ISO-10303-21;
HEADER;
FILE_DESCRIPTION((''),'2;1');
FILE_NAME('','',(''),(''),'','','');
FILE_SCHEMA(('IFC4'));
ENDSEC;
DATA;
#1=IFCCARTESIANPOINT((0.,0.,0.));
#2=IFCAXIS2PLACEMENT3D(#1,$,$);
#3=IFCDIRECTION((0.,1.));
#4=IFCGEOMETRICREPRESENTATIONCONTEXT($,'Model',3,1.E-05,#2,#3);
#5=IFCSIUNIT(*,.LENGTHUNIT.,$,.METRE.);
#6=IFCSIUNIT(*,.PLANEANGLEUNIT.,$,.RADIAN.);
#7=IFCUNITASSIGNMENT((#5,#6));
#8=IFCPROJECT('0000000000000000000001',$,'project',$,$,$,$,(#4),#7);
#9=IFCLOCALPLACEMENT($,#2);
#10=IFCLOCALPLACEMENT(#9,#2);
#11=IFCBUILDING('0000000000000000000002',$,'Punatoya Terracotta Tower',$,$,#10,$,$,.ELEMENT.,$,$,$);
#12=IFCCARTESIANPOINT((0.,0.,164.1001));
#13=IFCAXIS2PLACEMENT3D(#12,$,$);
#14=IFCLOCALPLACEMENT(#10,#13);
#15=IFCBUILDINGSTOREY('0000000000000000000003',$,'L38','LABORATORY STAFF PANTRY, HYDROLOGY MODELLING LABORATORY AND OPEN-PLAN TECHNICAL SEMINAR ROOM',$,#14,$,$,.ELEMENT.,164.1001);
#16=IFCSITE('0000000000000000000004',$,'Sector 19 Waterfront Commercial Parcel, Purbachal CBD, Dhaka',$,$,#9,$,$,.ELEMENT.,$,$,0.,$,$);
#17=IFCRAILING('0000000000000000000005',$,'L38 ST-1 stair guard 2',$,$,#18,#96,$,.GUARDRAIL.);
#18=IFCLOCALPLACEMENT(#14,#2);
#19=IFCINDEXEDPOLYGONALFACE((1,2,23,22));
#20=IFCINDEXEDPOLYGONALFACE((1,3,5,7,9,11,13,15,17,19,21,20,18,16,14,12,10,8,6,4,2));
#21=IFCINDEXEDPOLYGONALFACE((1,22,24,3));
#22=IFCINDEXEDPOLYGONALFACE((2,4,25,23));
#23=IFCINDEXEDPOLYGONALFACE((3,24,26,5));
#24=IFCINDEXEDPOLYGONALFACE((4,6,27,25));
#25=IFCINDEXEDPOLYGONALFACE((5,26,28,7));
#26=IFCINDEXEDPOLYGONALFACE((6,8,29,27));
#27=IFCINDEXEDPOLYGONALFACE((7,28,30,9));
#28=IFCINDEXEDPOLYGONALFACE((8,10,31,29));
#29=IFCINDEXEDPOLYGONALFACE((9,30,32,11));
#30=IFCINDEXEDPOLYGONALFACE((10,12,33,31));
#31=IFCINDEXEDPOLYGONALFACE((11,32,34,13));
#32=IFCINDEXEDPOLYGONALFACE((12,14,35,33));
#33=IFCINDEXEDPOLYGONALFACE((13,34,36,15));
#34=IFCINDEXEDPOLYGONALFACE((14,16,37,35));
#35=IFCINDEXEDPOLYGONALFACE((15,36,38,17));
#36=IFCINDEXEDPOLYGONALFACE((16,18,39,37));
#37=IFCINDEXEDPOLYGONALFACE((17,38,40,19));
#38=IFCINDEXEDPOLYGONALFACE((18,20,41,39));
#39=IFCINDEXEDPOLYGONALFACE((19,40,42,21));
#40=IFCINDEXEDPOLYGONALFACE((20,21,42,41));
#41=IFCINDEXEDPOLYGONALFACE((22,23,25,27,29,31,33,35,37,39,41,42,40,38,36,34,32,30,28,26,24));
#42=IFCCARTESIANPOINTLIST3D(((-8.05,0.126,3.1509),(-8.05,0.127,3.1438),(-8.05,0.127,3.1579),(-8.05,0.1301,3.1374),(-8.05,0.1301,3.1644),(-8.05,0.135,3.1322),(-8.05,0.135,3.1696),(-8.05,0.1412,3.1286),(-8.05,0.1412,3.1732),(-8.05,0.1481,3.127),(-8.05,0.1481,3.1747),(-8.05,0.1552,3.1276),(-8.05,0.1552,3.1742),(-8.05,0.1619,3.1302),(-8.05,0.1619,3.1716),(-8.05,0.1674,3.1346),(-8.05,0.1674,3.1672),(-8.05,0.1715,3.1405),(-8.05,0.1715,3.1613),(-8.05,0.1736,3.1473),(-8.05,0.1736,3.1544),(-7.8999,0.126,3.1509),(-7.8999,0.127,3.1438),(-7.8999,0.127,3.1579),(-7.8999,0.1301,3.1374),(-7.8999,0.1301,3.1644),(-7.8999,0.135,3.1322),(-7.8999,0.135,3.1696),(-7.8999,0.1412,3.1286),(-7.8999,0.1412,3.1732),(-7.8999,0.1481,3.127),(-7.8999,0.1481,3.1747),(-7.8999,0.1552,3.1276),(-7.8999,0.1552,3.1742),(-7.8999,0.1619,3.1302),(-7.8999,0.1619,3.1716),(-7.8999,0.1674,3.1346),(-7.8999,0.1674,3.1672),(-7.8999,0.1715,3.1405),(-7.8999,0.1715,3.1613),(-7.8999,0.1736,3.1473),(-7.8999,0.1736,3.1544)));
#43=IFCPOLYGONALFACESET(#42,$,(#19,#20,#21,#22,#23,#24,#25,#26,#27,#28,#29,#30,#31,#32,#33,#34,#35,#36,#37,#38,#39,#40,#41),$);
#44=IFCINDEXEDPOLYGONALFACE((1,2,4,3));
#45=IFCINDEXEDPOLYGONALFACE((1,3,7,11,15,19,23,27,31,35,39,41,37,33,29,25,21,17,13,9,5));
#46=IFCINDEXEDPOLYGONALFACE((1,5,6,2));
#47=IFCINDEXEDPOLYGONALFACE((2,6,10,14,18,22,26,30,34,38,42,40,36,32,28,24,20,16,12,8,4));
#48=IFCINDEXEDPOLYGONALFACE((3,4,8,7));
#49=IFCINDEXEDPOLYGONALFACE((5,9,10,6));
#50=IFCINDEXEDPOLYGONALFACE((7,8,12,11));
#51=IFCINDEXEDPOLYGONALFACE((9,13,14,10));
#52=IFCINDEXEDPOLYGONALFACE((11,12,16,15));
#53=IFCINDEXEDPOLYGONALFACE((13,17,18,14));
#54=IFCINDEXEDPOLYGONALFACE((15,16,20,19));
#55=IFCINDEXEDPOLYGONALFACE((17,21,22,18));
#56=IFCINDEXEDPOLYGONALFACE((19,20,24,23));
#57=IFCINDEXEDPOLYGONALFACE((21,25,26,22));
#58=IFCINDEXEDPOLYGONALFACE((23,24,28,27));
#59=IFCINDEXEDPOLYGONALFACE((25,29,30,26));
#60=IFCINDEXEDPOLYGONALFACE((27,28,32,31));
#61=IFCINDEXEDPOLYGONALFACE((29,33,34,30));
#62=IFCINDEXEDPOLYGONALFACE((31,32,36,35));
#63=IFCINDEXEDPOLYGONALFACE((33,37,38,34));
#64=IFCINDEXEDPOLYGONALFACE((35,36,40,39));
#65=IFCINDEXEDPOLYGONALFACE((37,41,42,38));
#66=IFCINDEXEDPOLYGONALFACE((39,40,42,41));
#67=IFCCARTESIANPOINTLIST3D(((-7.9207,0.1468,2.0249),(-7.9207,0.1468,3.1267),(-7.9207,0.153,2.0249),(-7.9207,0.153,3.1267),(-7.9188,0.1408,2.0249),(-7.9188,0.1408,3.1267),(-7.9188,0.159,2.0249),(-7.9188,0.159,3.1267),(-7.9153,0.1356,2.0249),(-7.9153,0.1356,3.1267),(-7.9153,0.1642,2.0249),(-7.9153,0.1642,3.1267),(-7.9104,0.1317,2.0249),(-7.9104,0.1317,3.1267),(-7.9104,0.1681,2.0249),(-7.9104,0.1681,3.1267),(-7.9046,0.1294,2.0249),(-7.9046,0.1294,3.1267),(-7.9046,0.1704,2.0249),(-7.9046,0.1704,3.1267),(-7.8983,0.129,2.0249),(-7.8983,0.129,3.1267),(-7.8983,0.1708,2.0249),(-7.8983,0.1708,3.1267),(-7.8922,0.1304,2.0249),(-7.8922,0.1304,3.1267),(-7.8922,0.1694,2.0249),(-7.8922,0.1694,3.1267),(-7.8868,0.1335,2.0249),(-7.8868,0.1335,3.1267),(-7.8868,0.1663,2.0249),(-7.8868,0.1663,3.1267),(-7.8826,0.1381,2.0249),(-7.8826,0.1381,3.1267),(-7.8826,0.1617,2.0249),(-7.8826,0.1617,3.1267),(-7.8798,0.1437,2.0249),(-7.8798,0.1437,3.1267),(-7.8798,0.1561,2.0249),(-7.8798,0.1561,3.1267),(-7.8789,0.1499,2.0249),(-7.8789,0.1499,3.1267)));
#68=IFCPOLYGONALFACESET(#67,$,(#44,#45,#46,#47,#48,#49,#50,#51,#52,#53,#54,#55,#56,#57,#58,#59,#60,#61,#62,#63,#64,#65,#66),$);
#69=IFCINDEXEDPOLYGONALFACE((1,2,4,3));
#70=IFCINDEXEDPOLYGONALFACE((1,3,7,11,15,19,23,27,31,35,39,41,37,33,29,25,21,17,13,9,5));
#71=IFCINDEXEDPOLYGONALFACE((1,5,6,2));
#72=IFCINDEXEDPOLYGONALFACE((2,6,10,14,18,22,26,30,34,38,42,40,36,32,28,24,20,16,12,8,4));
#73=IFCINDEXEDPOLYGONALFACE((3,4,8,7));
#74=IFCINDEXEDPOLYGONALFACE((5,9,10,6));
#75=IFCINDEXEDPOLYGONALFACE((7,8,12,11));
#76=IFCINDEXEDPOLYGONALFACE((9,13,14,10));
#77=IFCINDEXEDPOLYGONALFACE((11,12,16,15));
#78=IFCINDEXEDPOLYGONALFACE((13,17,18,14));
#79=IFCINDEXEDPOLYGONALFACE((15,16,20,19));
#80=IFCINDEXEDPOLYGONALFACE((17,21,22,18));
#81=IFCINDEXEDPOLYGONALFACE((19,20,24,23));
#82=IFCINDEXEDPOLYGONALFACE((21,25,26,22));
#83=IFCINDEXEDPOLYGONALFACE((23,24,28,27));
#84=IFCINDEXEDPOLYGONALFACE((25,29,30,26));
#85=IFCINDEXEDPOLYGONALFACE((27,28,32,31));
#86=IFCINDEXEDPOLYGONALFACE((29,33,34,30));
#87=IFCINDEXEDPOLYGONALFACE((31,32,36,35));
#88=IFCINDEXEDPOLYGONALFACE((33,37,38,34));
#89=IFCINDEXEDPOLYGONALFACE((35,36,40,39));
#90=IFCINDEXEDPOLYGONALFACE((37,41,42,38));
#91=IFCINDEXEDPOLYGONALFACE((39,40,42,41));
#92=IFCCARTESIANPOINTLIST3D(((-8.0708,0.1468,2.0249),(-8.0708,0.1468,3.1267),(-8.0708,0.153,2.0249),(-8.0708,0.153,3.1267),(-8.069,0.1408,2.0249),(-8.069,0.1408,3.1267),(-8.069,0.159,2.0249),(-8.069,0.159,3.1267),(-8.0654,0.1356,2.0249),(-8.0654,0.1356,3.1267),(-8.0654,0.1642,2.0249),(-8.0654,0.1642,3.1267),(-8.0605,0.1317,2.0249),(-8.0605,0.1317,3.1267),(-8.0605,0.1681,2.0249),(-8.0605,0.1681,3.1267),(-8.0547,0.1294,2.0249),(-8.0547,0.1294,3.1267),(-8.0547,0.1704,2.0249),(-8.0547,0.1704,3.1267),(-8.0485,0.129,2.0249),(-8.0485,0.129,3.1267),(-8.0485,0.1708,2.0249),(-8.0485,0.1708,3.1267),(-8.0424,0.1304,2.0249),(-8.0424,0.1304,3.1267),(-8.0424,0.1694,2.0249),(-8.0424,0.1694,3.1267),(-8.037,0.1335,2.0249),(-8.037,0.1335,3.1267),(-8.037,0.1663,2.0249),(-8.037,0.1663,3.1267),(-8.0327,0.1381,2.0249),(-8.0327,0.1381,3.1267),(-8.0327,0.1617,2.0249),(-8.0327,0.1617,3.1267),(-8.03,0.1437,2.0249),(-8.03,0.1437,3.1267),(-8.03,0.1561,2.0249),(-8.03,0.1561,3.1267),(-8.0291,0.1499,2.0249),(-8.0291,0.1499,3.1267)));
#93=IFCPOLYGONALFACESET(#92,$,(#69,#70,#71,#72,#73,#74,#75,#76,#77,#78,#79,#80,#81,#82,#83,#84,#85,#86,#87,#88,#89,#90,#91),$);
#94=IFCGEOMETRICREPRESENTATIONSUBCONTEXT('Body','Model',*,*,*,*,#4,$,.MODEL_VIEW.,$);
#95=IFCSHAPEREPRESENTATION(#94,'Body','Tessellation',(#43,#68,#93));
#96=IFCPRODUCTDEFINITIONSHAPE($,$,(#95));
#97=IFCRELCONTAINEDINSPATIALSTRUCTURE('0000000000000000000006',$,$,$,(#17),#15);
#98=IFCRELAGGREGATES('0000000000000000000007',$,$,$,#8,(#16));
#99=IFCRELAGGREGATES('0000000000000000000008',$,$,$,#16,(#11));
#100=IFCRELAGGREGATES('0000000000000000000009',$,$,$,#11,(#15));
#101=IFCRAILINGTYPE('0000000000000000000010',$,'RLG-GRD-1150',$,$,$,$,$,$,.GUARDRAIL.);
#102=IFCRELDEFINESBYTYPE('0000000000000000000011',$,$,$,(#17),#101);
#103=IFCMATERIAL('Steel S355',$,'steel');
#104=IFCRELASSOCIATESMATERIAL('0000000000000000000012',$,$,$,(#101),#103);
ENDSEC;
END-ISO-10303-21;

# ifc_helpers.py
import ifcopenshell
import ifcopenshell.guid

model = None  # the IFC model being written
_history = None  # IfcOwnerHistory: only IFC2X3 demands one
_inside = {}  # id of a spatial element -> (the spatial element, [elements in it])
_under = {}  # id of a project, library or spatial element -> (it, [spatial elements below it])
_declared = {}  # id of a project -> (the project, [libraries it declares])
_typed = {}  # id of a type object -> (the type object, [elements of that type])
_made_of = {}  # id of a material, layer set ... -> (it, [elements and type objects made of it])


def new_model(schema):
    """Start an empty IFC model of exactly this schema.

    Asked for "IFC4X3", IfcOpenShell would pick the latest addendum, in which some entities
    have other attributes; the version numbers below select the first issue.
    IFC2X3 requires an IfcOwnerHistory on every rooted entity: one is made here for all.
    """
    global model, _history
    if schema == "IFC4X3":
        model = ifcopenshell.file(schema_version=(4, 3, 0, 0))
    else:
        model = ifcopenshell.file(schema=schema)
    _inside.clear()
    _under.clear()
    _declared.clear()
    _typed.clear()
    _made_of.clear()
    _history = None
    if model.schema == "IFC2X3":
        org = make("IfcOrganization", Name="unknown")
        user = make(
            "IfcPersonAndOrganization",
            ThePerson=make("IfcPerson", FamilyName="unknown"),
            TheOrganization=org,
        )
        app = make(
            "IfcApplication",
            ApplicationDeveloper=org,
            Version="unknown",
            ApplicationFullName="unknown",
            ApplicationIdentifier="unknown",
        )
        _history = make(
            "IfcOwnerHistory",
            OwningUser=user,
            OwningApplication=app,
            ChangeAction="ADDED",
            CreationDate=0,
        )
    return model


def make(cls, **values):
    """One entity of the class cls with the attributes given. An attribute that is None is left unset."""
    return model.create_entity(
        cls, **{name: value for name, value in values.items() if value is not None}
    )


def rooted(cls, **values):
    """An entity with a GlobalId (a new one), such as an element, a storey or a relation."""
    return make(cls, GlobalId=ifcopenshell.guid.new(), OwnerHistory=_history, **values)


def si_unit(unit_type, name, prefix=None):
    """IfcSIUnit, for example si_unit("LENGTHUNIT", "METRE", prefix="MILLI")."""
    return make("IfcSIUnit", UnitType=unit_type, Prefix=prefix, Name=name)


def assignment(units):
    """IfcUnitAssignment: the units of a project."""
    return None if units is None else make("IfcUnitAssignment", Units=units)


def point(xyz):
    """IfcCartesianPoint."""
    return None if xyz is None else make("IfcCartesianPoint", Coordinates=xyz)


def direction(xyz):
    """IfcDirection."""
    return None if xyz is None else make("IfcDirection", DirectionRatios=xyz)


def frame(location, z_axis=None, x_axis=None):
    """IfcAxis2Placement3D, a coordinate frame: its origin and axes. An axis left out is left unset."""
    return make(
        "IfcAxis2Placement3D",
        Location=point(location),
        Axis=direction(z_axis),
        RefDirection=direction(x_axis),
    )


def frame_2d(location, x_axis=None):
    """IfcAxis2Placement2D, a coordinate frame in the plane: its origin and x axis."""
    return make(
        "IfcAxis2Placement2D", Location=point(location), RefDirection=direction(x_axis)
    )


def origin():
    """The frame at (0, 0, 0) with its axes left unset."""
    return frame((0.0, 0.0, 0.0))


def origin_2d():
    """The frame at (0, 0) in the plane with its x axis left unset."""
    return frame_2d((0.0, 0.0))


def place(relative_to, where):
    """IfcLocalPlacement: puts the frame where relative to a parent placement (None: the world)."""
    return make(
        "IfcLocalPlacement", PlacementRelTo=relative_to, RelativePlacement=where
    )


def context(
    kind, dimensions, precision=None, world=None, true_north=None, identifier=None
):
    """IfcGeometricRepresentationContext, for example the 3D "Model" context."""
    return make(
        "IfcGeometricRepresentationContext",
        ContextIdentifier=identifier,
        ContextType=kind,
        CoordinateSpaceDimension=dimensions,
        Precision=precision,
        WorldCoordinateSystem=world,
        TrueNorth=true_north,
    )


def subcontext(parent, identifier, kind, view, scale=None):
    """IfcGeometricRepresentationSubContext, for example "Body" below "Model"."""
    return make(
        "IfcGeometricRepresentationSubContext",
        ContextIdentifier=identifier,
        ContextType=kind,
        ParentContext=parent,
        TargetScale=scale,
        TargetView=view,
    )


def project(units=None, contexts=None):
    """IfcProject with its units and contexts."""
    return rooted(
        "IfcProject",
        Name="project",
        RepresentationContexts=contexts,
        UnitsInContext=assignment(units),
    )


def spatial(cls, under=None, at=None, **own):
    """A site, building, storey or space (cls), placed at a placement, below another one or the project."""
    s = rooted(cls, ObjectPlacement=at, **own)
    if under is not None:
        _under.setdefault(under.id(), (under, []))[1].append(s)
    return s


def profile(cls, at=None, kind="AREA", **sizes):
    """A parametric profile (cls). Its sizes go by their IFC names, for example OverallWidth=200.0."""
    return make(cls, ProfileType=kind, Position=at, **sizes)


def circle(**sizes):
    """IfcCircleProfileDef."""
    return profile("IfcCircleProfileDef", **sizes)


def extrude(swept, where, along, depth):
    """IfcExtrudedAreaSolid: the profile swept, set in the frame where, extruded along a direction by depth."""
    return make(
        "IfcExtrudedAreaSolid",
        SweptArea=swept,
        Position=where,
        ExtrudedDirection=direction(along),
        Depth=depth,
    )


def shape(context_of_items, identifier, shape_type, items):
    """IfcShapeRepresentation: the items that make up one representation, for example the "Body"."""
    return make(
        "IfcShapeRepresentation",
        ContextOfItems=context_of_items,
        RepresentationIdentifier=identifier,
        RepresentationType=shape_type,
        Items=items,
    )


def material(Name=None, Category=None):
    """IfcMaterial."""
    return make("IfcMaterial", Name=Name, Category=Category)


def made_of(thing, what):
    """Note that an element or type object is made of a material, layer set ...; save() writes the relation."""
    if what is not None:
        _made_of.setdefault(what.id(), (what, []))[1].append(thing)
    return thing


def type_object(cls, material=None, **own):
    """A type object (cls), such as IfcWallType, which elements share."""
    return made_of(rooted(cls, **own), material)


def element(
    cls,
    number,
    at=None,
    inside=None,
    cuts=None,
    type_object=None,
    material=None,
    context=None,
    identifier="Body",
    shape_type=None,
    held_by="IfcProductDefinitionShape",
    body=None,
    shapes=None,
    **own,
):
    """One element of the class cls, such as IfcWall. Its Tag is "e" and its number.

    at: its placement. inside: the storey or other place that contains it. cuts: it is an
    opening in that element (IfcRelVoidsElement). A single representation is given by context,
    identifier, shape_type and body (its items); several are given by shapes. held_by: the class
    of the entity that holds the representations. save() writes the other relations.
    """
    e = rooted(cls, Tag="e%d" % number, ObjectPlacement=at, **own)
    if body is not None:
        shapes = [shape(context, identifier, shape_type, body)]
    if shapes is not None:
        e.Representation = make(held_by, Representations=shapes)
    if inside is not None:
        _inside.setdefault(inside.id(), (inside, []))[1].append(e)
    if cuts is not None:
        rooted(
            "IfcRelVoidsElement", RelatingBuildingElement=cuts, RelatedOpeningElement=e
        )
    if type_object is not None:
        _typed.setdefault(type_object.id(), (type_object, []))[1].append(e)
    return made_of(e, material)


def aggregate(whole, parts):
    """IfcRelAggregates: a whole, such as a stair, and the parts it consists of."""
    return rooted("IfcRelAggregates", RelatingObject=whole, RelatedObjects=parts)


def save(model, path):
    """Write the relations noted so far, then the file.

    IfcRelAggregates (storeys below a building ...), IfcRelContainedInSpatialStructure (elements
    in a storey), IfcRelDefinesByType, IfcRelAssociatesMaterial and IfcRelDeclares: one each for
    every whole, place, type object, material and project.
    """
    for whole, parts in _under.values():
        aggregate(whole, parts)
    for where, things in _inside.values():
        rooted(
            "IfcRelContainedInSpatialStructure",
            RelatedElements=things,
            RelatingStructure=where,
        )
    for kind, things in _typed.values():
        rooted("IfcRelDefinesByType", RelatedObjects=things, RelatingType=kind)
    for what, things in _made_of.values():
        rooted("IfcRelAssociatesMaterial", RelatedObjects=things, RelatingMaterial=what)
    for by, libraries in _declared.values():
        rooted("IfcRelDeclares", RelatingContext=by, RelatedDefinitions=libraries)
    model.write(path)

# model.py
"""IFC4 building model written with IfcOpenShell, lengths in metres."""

from ifc_helpers import new_model, si_unit, direction, frame, origin, origin_2d, place, context, subcontext, project, spatial, circle, extrude, material, type_object, element, save


model = new_model("IFC4")

# Units and contexts
model_context = context("Model", 3, precision=1e-05, world=origin(), true_north=direction((0.0, 1.0)))
body_context = subcontext(model_context, "Body", "Model", "MODEL_VIEW")
ifc_project = project(units=[si_unit("LENGTHUNIT", "METRE"), si_unit("PLANEANGLEUNIT", "RADIAN")], contexts=[model_context])

# Site, building, storey
site_placement = place(None, origin())
site = spatial("IfcSite", under=ifc_project, at=site_placement, Name="Sector 19 Waterfront Commercial Parcel, Purbachal CBD, Dhaka", CompositionType="ELEMENT", RefElevation=0.0)
building_placement = place(site_placement, origin())
building = spatial("IfcBuilding", under=site, at=building_placement, Name="Punatoya Terracotta Tower", CompositionType="ELEMENT")
storey_placement = place(building_placement, frame((0.0, 0.0, 164.1001)))
storey = spatial("IfcBuildingStorey", under=building, at=storey_placement, Name="L38", Description="LABORATORY STAFF PANTRY, HYDROLOGY MODELLING LABORATORY AND OPEN-PLAN TECHNICAL SEMINAR ROOM", CompositionType="ELEMENT", Elevation=164.1001)

# Shared definitions
ifc_material_1 = material(Name="Steel S355", Category="steel")

# Railing
railing_type_1 = type_object("IfcRailingType", Name="RLG-GRD-1150", PredefinedType="GUARDRAIL", material=ifc_material_1)
railing_1_placement = place(storey_placement, frame((-7.8999, 0.1499, 2.0249)))
element("IfcRailing", 1, at=railing_1_placement, inside=storey, type_object=railing_type_1, Name="L38 ST-1 stair guard 2", PredefinedType="GUARDRAIL", context=body_context, shape_type="SweptSolid", body=[
    extrude(circle(Radius=0.0239, at=origin_2d()), frame((0.0, 0.0, 1.126), z_axis=(-1.0, 0.0, 0.0), x_axis=(0.0, -1.0, 0.0)), (0.0, 0.0, 1.0), 0.1501),
    extrude(circle(Radius=0.021, at=origin_2d()), origin(), (0.0, 0.0, 1.0), 1.1018),
    extrude(circle(Radius=0.021, at=origin_2d()), frame((-0.1501, 0.0, 0.0)), (0.0, 0.0, 1.0), 1.1018),
])

save(model, "model.ifc")
